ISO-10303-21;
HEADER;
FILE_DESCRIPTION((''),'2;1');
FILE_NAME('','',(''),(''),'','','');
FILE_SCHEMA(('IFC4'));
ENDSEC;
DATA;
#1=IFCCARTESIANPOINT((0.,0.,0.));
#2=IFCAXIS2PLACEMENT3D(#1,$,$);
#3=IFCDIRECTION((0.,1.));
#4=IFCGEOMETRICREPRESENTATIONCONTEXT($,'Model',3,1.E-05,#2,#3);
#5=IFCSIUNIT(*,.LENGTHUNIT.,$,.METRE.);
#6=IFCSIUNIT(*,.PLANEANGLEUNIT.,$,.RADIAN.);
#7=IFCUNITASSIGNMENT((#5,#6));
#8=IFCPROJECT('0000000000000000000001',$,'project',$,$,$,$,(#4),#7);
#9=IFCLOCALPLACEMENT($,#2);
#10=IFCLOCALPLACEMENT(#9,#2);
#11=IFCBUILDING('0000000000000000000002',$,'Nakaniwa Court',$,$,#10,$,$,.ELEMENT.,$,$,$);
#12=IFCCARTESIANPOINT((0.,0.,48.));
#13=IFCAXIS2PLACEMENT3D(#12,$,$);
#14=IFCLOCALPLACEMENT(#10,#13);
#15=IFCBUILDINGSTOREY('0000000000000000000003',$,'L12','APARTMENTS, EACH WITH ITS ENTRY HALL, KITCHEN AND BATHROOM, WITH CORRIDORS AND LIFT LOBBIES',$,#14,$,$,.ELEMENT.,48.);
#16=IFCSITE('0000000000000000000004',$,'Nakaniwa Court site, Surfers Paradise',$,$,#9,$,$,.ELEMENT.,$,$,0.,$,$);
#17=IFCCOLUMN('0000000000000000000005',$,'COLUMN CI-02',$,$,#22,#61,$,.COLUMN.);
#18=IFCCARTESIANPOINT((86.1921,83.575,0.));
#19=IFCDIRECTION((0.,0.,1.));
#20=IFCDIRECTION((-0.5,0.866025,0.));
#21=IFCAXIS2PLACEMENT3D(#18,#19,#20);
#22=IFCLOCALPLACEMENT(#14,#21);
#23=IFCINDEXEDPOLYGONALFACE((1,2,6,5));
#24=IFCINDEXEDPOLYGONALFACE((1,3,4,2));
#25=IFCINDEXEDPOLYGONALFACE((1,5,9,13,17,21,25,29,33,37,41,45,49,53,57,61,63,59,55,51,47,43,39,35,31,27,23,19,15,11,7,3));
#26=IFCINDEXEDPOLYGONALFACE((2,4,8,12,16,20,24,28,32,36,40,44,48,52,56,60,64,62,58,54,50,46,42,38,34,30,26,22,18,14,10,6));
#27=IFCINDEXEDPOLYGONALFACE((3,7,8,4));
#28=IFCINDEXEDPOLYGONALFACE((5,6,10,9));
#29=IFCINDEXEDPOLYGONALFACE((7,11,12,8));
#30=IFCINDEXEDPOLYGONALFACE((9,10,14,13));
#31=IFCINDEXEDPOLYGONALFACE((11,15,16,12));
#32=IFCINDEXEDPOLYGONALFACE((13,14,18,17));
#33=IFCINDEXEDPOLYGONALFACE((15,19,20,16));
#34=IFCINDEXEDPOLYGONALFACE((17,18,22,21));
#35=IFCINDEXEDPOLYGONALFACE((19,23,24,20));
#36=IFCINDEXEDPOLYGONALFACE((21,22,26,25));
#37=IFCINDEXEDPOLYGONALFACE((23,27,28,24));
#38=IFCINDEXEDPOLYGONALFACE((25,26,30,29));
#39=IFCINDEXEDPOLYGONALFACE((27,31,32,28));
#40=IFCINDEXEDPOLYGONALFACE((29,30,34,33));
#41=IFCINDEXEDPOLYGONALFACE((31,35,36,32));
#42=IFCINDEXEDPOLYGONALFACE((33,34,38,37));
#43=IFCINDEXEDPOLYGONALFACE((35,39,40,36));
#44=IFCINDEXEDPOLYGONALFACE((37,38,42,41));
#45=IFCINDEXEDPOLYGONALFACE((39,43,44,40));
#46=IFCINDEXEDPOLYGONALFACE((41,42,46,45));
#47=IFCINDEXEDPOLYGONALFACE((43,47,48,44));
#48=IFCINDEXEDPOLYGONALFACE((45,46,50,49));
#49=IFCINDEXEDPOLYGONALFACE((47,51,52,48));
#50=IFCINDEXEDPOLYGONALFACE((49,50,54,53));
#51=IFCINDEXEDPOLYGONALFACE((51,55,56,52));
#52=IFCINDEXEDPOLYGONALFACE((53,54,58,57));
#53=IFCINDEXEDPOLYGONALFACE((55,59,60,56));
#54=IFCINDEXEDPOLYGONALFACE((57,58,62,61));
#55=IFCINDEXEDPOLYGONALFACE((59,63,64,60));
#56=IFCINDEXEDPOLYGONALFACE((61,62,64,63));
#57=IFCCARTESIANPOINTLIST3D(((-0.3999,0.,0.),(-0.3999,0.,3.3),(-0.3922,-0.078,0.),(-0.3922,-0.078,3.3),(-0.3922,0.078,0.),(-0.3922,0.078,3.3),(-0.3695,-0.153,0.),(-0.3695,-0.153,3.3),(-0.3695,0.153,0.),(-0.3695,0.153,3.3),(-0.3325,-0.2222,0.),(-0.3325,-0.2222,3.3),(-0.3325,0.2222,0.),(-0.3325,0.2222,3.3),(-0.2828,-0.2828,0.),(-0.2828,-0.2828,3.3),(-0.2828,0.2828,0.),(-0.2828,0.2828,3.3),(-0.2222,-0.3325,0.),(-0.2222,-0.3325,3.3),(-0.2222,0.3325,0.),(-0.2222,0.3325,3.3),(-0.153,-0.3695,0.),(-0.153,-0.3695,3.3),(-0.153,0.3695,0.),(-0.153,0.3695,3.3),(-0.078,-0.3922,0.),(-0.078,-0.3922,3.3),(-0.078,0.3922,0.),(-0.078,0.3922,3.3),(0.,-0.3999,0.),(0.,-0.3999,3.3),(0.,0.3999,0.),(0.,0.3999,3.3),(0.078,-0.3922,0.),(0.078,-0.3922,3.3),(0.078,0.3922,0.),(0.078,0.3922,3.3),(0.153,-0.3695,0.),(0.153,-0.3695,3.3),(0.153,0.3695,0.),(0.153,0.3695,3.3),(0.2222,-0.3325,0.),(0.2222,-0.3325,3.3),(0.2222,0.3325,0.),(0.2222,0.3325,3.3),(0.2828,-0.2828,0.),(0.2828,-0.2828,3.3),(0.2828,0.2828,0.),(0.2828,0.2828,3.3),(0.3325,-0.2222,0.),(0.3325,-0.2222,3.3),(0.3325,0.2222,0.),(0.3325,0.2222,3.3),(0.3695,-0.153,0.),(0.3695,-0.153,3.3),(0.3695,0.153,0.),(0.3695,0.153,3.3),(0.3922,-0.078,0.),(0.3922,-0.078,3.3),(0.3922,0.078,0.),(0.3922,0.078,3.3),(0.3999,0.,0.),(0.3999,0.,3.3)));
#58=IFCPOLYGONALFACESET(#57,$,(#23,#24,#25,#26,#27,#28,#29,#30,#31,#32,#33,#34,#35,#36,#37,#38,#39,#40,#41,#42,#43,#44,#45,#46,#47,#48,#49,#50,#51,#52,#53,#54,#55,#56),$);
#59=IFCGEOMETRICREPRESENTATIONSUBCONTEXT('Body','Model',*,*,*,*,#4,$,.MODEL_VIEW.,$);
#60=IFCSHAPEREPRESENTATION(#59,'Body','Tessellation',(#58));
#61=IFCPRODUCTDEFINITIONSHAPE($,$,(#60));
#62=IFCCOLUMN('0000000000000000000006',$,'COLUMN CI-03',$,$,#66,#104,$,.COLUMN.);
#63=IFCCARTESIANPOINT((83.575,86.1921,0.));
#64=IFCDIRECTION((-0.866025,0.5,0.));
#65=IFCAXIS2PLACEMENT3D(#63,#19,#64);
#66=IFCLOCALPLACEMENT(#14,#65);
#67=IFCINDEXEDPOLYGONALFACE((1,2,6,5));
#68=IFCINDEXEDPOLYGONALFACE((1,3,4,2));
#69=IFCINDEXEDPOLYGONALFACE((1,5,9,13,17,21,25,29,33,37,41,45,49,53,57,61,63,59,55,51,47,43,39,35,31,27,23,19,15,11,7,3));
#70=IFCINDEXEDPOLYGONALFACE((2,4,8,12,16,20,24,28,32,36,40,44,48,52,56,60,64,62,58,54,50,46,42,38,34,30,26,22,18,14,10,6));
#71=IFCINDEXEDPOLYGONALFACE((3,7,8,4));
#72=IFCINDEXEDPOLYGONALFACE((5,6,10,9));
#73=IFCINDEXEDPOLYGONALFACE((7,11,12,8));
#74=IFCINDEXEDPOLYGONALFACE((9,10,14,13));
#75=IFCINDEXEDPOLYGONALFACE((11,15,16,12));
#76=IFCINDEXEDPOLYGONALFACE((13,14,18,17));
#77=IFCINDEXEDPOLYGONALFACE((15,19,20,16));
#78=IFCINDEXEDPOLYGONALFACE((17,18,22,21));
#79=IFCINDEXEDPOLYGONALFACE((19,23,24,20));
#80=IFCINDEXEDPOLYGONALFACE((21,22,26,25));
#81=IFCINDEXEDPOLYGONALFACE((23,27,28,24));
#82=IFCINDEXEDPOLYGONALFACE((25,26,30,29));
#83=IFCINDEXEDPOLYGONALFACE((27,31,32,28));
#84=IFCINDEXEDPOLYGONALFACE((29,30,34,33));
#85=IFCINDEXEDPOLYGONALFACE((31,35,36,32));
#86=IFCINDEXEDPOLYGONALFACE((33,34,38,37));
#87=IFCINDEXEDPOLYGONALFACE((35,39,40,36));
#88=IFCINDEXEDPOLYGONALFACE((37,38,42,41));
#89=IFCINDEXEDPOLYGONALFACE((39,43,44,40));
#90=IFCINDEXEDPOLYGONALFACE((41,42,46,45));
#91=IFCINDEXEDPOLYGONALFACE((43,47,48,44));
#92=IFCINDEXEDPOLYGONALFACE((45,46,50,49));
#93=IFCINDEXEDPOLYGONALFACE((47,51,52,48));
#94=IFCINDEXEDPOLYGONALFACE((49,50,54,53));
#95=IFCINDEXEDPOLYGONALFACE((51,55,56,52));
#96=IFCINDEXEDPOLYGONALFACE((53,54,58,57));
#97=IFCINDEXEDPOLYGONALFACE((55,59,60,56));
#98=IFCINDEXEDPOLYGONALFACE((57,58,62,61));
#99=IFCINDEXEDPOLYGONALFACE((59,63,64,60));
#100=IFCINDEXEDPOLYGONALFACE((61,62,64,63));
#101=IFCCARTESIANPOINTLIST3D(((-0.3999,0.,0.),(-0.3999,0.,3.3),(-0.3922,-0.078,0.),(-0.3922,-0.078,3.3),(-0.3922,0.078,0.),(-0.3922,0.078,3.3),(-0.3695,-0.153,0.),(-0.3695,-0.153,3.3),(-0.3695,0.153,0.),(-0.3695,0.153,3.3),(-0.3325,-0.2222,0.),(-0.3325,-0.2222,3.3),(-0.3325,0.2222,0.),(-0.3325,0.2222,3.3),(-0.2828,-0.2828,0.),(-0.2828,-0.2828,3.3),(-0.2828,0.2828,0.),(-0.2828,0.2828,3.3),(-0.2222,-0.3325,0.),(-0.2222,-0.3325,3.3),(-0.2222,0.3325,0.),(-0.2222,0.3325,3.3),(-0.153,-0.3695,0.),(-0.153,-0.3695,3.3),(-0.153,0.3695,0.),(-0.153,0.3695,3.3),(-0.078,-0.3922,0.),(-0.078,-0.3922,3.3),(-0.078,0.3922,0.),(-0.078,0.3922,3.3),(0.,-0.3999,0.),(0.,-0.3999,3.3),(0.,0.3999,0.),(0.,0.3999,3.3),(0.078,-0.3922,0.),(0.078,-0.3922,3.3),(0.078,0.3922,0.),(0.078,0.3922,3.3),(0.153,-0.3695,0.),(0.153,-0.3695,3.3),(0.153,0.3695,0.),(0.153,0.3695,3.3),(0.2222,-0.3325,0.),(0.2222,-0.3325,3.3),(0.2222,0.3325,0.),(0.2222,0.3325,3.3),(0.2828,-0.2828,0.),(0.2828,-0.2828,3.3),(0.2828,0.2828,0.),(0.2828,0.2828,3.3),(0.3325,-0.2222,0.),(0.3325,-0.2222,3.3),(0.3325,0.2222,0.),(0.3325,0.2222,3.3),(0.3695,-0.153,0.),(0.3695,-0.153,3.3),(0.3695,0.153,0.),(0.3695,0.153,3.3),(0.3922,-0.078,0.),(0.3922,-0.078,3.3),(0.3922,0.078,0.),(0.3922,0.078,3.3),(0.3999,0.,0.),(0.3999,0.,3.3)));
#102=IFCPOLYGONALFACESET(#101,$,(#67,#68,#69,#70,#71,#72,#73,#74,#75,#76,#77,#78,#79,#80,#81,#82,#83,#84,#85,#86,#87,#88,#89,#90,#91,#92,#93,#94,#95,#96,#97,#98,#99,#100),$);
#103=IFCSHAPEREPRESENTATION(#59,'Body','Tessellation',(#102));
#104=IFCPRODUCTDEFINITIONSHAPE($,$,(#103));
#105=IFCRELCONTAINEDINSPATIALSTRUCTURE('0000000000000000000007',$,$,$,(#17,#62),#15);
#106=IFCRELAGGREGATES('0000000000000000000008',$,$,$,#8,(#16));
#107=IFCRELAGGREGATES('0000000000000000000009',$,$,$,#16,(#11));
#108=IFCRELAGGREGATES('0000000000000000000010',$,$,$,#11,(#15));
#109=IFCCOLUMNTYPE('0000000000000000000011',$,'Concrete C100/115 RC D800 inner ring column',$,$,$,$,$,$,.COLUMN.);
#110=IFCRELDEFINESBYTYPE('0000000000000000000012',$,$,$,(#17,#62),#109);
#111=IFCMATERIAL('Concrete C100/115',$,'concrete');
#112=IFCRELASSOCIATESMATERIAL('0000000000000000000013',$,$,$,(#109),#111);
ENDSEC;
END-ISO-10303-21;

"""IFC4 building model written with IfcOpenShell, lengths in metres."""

from ifc_helpers import new_model, si_unit, direction, frame, origin, origin_2d, place, context, subcontext, project, spatial, circle, extrude, material, material_profile, profile_set, type_object, element, save


model = new_model("IFC4")

# Units and contexts
model_context = context("Model", 3, precision=1e-05, world=origin(), true_north=direction((0.0, 1.0)))
body_context = subcontext(model_context, "Body", "Model", "MODEL_VIEW")
ifc_project = project(units=[si_unit("LENGTHUNIT", "METRE"), si_unit("PLANEANGLEUNIT", "RADIAN")], contexts=[model_context])

# Site, building, storey
site_placement = place(None, origin())
site = spatial("IfcSite", under=ifc_project, at=site_placement, Name="Nakaniwa Court site, Surfers Paradise", CompositionType="ELEMENT", RefElevation=0.0)
building_placement = place(site_placement, origin())
building = spatial("IfcBuilding", under=site, at=building_placement, Name="Nakaniwa Court", CompositionType="ELEMENT")
storey_placement = place(building_placement, frame((0.0, 0.0, 48.0)))
storey = spatial("IfcBuildingStorey", under=building, at=storey_placement, Name="L12", Description="APARTMENTS, EACH WITH ITS ENTRY HALL, KITCHEN AND BATHROOM, WITH CORRIDORS AND LIFT LOBBIES", CompositionType="ELEMENT", Elevation=48.0)

# Columns
ifc_material_1 = material(Name="Concrete C100/115", Category="concrete")
ifc_material_profile_1 = material_profile(ifc_material_1, circle(Radius=0.3999, at=origin_2d()), Name="Concrete C100/115 RC D800 inner ring column")
ifc_profile_set_1 = profile_set([ifc_material_profile_1], Name="Concrete C100/115")
column_type = type_object("IfcColumnType", Name="Concrete C100/115 RC D800 inner ring column", PredefinedType="COLUMN", material=ifc_profile_set_1)
for number, where, z_axis, x_axis, name in (
    (1, (86.1921, 83.575, 0.0), (0.0, 0.0, 1.0), (-0.5, 0.866025, 0.0), "COLUMN CI-02"),
    (2, (83.575, 86.1921, 0.0), (0.0, 0.0, 1.0), (-0.866025, 0.5, 0.0), "COLUMN CI-03"),
):
    element("IfcColumn", number, at=place(storey_placement, frame(where, z_axis=z_axis, x_axis=x_axis)), inside=storey, type_object=column_type, Name=name, PredefinedType="COLUMN", context=body_context, shape_type="SweptSolid", body=[
        extrude(circle(Radius=0.3999, at=origin_2d()), origin(), (0.0, 0.0, 1.0), 3.3),
    ])

save(model, "model.ifc")
